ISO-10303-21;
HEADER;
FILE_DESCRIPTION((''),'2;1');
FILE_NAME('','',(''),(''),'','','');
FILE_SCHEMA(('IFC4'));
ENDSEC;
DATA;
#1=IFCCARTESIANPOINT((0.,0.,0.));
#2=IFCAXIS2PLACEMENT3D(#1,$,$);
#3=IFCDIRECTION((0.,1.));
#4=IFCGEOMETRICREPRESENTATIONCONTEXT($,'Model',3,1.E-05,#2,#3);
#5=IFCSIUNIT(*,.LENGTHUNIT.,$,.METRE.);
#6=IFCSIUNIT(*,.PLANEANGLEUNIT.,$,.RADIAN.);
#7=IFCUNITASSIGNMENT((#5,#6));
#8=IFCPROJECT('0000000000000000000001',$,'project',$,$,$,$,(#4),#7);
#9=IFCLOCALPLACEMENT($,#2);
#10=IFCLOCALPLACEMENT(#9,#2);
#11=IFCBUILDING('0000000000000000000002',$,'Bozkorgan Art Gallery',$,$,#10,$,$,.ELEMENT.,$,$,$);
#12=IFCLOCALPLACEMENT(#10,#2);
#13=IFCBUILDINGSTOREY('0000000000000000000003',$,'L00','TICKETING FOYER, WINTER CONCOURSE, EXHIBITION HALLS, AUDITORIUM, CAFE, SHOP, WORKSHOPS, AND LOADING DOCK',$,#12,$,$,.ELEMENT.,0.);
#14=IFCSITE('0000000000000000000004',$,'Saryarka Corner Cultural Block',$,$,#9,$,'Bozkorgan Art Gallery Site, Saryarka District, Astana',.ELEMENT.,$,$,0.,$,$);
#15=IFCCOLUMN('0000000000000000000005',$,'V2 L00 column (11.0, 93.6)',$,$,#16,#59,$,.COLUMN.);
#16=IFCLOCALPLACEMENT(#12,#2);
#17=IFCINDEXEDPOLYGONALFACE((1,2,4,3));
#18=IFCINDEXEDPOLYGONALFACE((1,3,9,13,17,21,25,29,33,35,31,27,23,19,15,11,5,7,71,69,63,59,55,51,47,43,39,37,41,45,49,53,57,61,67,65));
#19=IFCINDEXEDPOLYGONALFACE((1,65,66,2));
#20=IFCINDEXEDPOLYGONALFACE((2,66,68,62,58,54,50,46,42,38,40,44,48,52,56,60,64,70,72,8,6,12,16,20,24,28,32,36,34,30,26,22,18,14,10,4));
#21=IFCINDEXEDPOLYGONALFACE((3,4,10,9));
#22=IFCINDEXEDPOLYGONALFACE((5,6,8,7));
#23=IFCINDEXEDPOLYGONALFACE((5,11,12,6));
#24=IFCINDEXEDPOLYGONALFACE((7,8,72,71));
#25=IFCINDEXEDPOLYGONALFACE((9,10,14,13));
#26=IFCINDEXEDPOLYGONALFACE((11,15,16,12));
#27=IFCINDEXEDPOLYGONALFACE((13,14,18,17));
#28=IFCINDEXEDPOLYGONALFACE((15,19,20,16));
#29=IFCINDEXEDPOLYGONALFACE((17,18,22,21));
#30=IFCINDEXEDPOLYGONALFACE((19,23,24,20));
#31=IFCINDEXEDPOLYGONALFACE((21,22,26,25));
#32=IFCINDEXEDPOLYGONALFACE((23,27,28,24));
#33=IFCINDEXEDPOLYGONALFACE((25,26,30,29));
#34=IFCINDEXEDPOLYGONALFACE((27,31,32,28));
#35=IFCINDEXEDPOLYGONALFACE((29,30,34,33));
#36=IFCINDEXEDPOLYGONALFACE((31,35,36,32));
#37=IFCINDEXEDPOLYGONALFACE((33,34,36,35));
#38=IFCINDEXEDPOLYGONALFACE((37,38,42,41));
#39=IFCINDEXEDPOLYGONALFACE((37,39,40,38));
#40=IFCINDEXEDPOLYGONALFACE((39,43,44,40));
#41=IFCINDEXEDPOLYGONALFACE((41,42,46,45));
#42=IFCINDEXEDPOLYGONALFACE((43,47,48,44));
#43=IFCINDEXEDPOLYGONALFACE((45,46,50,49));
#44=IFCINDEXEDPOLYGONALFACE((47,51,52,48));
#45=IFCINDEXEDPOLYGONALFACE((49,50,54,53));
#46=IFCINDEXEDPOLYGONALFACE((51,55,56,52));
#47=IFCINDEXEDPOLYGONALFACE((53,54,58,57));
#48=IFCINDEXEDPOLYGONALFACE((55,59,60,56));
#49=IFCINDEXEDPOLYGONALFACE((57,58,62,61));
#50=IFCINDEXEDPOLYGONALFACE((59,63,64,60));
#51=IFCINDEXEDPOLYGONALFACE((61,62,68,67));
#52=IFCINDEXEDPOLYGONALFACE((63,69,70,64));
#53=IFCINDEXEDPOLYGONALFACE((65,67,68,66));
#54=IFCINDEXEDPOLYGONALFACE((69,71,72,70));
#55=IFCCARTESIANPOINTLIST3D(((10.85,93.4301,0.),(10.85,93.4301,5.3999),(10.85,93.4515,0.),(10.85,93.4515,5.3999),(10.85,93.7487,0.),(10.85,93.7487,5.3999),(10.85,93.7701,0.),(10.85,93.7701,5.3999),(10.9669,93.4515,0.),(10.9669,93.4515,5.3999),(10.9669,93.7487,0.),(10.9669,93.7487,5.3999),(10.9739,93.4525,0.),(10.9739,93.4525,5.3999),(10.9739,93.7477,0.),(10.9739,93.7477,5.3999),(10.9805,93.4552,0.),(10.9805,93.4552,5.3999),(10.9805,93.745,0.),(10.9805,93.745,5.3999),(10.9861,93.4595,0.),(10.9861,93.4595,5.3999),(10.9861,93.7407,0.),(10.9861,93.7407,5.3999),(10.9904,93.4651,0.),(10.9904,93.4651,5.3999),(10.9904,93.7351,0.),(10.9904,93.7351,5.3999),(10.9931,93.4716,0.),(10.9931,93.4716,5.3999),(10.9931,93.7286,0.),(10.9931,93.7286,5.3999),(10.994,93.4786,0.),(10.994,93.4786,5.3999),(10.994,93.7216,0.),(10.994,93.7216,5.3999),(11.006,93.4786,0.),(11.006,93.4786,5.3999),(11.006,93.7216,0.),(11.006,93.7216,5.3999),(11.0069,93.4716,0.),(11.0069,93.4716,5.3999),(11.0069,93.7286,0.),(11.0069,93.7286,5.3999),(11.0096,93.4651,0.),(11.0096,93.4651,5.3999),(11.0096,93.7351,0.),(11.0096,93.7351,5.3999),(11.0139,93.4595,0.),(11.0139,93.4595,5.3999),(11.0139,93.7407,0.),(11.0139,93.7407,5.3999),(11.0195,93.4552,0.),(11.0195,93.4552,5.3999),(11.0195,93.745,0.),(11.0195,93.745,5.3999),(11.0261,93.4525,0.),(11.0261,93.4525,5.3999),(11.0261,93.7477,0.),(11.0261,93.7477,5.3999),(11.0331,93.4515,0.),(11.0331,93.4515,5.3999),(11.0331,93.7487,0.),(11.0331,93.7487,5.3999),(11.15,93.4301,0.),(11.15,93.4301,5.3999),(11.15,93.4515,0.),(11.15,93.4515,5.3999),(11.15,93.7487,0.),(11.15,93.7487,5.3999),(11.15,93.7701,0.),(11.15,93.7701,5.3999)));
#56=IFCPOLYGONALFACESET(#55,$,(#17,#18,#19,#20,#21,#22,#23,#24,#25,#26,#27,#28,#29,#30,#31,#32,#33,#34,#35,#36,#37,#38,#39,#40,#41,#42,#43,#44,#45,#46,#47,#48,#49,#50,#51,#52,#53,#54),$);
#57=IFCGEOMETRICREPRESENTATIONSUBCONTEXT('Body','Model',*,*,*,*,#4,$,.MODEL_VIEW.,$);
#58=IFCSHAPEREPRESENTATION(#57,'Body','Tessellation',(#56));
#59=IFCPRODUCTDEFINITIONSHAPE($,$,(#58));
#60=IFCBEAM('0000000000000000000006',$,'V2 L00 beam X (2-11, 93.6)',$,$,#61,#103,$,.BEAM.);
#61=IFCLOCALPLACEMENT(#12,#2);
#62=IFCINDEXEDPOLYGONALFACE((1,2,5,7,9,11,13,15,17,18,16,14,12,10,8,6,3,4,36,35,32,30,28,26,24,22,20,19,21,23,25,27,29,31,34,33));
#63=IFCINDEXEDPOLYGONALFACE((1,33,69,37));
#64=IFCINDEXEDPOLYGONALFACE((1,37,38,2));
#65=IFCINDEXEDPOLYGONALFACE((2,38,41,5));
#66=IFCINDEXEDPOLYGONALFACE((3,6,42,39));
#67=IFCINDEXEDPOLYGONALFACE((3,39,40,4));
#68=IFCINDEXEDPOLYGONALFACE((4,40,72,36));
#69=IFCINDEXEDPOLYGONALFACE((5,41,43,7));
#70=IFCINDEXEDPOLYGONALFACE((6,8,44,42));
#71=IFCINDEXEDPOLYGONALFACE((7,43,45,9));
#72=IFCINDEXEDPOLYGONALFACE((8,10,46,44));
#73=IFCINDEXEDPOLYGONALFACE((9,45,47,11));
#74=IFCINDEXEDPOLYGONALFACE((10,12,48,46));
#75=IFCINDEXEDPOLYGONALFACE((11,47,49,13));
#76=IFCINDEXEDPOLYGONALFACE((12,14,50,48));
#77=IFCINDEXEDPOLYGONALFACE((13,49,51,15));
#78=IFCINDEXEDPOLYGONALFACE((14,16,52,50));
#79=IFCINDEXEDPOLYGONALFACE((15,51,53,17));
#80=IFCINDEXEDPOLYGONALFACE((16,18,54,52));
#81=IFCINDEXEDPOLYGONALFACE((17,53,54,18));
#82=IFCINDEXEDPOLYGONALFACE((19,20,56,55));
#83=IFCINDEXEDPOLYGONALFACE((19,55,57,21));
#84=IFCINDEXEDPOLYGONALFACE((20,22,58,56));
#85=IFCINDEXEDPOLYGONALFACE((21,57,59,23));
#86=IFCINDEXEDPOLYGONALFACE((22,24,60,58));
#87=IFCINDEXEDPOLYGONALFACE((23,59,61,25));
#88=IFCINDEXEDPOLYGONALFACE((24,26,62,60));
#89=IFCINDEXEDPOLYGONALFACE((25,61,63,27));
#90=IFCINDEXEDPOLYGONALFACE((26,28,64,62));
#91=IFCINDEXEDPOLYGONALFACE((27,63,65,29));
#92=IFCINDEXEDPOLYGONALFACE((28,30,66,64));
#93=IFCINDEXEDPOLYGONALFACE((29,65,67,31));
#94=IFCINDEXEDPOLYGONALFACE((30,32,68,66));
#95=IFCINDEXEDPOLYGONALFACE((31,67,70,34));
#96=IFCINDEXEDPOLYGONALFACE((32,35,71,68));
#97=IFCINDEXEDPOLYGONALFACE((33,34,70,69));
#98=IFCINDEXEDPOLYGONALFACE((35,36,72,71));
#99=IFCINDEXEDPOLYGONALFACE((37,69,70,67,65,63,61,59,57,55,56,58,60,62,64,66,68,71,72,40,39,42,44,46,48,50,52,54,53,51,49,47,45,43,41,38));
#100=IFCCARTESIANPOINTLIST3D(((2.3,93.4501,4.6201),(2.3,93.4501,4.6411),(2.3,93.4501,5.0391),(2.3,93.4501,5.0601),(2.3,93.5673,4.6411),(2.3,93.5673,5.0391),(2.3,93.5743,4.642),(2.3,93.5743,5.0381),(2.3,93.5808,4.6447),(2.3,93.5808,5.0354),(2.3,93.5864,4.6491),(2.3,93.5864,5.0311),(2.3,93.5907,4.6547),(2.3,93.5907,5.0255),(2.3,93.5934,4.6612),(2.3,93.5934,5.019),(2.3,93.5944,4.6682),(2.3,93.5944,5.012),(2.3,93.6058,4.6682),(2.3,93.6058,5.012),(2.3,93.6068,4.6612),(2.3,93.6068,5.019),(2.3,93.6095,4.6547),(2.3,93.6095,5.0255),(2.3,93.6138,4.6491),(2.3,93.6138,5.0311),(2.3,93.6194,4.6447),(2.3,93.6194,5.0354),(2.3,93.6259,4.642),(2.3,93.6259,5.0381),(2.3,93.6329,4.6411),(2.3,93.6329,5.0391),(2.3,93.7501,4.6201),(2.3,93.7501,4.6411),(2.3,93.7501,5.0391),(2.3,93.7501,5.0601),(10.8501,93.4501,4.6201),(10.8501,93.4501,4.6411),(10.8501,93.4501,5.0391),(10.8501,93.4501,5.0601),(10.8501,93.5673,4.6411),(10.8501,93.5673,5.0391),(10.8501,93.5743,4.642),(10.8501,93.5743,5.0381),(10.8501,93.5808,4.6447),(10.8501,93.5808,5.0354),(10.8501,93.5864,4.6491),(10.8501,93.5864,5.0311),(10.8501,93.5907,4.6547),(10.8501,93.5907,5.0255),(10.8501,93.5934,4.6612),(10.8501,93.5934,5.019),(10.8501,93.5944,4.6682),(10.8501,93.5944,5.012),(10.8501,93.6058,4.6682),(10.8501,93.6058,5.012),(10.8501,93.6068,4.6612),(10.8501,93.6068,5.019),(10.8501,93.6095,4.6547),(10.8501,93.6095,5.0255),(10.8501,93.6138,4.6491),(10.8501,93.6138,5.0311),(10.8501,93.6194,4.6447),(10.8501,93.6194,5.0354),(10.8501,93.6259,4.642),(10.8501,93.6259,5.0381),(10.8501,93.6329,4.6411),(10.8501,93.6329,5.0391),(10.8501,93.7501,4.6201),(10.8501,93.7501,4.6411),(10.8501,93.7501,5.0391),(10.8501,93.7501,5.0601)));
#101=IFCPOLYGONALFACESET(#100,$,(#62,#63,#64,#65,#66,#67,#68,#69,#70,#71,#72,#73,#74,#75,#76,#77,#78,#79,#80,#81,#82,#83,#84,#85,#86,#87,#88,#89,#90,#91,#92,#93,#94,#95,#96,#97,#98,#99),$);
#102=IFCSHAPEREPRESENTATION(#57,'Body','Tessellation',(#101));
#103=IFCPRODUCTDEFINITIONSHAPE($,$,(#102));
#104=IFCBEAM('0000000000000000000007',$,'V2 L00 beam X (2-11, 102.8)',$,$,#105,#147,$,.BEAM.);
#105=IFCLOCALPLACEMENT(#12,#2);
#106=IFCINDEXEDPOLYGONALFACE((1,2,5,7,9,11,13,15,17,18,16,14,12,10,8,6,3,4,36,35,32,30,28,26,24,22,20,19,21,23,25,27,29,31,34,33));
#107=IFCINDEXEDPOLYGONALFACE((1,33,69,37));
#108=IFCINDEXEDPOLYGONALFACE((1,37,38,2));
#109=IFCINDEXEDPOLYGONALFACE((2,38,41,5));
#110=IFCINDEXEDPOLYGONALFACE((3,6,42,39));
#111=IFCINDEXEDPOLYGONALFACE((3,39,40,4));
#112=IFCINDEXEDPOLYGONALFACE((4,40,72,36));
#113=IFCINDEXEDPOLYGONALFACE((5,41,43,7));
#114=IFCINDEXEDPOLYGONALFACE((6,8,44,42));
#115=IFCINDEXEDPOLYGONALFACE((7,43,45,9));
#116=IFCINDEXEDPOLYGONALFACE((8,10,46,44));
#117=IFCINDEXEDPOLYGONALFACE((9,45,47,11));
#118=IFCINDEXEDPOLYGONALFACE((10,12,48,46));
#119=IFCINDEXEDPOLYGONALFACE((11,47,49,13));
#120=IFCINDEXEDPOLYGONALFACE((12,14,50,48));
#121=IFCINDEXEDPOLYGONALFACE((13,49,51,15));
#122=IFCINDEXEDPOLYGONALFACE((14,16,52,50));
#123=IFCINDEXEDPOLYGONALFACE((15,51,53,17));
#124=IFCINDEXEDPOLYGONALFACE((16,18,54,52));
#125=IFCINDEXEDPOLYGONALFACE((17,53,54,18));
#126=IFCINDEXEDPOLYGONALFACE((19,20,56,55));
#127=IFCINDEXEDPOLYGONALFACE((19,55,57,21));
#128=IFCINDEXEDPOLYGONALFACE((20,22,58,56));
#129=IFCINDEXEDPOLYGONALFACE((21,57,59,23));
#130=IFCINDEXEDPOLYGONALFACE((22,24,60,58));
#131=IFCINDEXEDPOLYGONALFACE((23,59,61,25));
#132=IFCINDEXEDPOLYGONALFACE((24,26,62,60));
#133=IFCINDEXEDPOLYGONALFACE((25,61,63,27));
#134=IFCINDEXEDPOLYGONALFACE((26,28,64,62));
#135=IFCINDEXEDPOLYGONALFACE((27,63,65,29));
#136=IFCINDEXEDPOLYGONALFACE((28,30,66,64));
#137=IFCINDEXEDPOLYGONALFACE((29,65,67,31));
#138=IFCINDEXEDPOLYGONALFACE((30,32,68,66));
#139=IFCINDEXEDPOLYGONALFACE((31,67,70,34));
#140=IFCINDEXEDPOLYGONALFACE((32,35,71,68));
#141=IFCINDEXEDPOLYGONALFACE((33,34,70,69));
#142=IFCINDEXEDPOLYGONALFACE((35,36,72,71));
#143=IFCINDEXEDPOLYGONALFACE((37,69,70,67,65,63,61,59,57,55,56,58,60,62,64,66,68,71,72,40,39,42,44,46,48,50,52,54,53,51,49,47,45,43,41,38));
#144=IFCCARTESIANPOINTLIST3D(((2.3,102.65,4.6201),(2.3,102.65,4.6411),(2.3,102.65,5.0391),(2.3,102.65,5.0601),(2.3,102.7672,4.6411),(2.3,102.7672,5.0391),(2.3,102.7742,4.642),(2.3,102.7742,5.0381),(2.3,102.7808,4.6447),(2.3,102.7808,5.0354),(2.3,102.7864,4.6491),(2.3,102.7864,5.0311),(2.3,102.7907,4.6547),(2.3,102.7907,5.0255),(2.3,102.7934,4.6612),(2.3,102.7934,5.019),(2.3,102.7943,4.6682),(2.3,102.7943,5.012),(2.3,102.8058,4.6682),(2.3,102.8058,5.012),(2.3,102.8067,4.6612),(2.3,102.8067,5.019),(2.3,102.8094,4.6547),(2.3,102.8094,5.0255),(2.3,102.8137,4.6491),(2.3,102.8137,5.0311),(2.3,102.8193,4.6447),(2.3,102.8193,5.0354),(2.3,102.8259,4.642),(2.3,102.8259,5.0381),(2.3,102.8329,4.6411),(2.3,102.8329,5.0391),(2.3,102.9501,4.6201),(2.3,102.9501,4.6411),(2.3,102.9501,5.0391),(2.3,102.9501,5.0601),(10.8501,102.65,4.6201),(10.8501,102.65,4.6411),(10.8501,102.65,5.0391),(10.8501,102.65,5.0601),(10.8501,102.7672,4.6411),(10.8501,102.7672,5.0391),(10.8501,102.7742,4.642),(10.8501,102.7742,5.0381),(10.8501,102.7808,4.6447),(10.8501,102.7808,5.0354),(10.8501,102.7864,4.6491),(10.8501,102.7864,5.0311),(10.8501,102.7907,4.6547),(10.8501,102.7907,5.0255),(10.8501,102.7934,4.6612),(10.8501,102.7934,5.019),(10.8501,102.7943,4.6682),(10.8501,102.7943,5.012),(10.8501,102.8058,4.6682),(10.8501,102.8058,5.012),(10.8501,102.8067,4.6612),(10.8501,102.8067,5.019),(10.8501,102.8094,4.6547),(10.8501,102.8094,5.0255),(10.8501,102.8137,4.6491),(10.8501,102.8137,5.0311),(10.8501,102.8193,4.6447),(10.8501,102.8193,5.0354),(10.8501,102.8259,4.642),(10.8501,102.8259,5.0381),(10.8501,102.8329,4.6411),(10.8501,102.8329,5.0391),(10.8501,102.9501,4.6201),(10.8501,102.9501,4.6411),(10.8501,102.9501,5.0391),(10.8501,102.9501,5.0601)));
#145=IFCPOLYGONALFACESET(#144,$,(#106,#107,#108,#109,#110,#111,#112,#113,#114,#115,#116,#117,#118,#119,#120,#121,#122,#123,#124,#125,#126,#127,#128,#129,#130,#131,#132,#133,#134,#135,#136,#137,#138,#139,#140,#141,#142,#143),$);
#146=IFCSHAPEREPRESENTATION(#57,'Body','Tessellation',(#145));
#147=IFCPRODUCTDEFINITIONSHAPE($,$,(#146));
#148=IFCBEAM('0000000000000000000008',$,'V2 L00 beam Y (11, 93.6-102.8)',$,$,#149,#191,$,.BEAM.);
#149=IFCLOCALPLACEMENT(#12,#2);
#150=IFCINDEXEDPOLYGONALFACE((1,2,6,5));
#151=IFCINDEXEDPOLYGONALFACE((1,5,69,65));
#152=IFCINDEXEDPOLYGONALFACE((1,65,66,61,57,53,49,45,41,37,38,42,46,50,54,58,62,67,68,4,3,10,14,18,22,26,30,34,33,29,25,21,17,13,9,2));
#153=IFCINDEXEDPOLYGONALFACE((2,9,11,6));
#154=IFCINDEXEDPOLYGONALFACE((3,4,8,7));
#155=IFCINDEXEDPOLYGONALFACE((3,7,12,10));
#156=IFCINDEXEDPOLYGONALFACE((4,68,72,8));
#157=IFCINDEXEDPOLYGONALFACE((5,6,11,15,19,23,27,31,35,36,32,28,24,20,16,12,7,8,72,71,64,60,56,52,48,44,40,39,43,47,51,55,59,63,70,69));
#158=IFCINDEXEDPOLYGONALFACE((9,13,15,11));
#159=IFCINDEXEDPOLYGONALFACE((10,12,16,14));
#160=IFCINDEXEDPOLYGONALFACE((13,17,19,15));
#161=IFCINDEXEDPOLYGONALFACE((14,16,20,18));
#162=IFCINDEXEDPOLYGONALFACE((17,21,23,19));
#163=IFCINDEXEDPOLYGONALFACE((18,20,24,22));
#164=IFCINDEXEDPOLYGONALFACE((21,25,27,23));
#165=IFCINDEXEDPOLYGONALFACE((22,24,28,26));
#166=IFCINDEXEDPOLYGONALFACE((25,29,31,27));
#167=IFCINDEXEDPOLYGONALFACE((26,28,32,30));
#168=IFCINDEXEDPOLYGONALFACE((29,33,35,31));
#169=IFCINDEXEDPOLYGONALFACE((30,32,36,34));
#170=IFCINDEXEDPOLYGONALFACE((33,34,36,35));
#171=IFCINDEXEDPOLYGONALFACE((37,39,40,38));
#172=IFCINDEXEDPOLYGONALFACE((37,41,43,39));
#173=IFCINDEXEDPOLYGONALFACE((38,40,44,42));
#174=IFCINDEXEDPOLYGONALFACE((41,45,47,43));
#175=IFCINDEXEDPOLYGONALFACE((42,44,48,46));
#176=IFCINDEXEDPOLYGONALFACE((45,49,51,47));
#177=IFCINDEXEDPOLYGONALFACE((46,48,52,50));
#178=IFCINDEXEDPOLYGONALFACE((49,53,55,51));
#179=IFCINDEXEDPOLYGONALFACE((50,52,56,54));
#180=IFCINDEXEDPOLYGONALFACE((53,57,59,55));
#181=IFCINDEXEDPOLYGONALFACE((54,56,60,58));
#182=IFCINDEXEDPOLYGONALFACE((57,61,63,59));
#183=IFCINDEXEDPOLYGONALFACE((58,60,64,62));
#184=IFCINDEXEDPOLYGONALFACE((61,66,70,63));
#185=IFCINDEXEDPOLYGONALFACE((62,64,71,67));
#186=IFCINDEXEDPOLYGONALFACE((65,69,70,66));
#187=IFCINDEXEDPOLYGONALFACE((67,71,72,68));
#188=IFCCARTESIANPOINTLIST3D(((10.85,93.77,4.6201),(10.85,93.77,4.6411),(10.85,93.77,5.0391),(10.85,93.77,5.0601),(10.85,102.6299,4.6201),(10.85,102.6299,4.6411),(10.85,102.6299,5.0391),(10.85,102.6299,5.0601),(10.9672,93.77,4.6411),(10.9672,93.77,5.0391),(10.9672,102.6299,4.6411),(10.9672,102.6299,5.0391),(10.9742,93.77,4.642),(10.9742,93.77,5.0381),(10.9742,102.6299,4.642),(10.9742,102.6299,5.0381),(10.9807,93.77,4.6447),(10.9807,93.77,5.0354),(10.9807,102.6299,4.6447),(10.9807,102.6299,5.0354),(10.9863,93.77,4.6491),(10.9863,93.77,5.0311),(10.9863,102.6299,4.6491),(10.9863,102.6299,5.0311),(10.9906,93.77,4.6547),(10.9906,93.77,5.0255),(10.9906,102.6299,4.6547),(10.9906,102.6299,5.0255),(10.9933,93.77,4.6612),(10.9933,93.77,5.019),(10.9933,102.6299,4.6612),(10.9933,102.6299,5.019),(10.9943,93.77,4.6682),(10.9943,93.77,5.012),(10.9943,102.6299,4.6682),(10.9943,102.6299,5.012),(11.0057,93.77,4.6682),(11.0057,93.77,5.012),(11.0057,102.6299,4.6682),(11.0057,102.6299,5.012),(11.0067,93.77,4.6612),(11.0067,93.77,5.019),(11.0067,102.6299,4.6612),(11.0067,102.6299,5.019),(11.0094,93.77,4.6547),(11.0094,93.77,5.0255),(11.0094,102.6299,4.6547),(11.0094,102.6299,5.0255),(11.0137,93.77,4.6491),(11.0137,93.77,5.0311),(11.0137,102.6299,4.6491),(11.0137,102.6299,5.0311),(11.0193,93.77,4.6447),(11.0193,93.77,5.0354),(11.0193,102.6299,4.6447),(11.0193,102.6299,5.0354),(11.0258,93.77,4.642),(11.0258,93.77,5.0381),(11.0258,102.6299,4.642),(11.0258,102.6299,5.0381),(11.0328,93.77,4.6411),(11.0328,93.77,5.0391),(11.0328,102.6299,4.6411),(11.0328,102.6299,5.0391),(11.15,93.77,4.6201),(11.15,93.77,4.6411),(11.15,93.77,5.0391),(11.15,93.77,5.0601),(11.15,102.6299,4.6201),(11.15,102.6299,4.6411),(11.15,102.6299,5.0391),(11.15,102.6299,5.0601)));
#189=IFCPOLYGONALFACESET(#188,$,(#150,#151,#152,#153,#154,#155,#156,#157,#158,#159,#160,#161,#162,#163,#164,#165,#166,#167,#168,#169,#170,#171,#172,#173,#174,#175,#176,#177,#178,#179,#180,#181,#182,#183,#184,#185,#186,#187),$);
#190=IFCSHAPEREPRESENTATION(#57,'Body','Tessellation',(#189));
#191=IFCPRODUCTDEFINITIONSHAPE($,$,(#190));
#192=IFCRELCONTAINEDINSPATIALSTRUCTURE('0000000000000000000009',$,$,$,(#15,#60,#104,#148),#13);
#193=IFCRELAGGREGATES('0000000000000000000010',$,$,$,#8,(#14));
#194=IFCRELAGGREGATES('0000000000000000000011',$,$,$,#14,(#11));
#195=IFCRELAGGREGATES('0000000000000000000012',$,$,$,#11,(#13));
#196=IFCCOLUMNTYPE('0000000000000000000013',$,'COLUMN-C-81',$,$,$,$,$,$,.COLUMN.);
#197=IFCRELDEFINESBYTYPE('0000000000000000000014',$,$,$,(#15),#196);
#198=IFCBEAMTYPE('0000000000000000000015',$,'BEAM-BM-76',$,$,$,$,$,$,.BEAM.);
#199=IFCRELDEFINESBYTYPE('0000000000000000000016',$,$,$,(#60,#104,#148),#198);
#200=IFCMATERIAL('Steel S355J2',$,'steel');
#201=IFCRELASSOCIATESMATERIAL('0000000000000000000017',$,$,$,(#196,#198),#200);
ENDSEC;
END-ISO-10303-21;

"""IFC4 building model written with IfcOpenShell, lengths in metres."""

from ifc_helpers import new_model, si_unit, direction, frame, origin, origin_2d, place, context, subcontext, project, spatial, i_section, extrude, material, material_profile, profile_set, type_object, element, save


model = new_model("IFC4")

# Units and contexts
model_context = context("Model", 3, precision=1e-05, world=origin(), true_north=direction((0.0, 1.0)))
body_context = subcontext(model_context, "Body", "Model", "MODEL_VIEW")
ifc_project = project(units=[si_unit("LENGTHUNIT", "METRE"), si_unit("PLANEANGLEUNIT", "RADIAN")], contexts=[model_context])

# Site, building, storey
site_placement = place(None, origin())
site = spatial("IfcSite", under=ifc_project, at=site_placement, Name="Saryarka Corner Cultural Block", LongName="Bozkorgan Art Gallery Site, Saryarka District, Astana", CompositionType="ELEMENT", RefElevation=0.0)
building_placement = place(site_placement, origin())
building = spatial("IfcBuilding", under=site, at=building_placement, Name="Bozkorgan Art Gallery", CompositionType="ELEMENT")
storey_placement = place(building_placement, origin())
storey = spatial("IfcBuildingStorey", under=building, at=storey_placement, Name="L00", Description="TICKETING FOYER, WINTER CONCOURSE, EXHIBITION HALLS, AUDITORIUM, CAFE, SHOP, WORKSHOPS, AND LOADING DOCK", CompositionType="ELEMENT", Elevation=0.0)

# Column
ifc_material_1 = material(Name="Steel S355J2", Category="steel")
ifc_material_profile_1 = material_profile(ifc_material_1, i_section(OverallWidth=0.3, OverallDepth=0.3401, WebThickness=0.012, FlangeThickness=0.0215, FilletRadius=0.0271, at=origin_2d()), Name="HEB 340")
ifc_profile_set_1 = profile_set([ifc_material_profile_1], Name="Steel S355J2")
column_type_1 = type_object("IfcColumnType", Name="COLUMN-C-81", PredefinedType="COLUMN", material=ifc_profile_set_1)
column_placement = place(storey_placement, frame((11.0, 93.6001, 0.0), z_axis=(0.0, 0.0, 1.0), x_axis=(1.0, 0.0, 0.0)))
element("IfcColumn", 1, at=column_placement, inside=storey, type_object=column_type_1, Name="V2 L00 column (11.0, 93.6)", PredefinedType="COLUMN", context=body_context, shape_type="SweptSolid", body=[
    extrude(i_section(OverallWidth=0.3, OverallDepth=0.3401, WebThickness=0.012, FlangeThickness=0.0215, FilletRadius=0.0271, at=origin_2d()), origin(), (0.0, 0.0, 1.0), 5.3999),
])

# Beams
ifc_material_profile_2 = material_profile(ifc_material_1, i_section(OverallWidth=0.3, OverallDepth=0.4399, WebThickness=0.0115, FlangeThickness=0.021, FilletRadius=0.0271, at=origin_2d()), Name="HEA 450")
ifc_profile_set_2 = profile_set([ifc_material_profile_2], Name="Steel S355J2")
beam_type_1 = type_object("IfcBeamType", Name="BEAM-BM-76", PredefinedType="BEAM", material=ifc_profile_set_2)
for number, where, z_axis, x_axis, name in (
    (2, (2.3, 93.6001, 4.8401), (1.0, 0.0, 0.0), (0.0, 1.0, 0.0), "V2 L00 beam X (2-11, 93.6)"),
    (3, (2.3, 102.8, 4.8401), (1.0, 0.0, 0.0), (0.0, 1.0, 0.0), "V2 L00 beam X (2-11, 102.8)"),
):
    element("IfcBeam", number, at=place(storey_placement, frame(where, z_axis=z_axis, x_axis=x_axis)), inside=storey, type_object=beam_type_1, Name=name, PredefinedType="BEAM", context=body_context, shape_type="SweptSolid", body=[
        extrude(i_section(OverallWidth=0.3, OverallDepth=0.4399, WebThickness=0.0115, FlangeThickness=0.021, FilletRadius=0.0271, at=origin_2d()), origin(), (0.0, 0.0, 1.0), 8.55),
    ])
beam_1_placement = place(storey_placement, frame((11.0, 93.77, 4.8401), z_axis=(0.0, 1.0, 0.0), x_axis=(-1.0, 0.0, 0.0)))
element("IfcBeam", 4, at=beam_1_placement, inside=storey, type_object=beam_type_1, Name="V2 L00 beam Y (11, 93.6-102.8)", PredefinedType="BEAM", context=body_context, shape_type="SweptSolid", body=[
    extrude(i_section(OverallWidth=0.3, OverallDepth=0.4399, WebThickness=0.0115, FlangeThickness=0.021, FilletRadius=0.0271, at=origin_2d()), origin(), (0.0, 0.0, 1.0), 8.8599),
])

save(model, "model.ifc")
